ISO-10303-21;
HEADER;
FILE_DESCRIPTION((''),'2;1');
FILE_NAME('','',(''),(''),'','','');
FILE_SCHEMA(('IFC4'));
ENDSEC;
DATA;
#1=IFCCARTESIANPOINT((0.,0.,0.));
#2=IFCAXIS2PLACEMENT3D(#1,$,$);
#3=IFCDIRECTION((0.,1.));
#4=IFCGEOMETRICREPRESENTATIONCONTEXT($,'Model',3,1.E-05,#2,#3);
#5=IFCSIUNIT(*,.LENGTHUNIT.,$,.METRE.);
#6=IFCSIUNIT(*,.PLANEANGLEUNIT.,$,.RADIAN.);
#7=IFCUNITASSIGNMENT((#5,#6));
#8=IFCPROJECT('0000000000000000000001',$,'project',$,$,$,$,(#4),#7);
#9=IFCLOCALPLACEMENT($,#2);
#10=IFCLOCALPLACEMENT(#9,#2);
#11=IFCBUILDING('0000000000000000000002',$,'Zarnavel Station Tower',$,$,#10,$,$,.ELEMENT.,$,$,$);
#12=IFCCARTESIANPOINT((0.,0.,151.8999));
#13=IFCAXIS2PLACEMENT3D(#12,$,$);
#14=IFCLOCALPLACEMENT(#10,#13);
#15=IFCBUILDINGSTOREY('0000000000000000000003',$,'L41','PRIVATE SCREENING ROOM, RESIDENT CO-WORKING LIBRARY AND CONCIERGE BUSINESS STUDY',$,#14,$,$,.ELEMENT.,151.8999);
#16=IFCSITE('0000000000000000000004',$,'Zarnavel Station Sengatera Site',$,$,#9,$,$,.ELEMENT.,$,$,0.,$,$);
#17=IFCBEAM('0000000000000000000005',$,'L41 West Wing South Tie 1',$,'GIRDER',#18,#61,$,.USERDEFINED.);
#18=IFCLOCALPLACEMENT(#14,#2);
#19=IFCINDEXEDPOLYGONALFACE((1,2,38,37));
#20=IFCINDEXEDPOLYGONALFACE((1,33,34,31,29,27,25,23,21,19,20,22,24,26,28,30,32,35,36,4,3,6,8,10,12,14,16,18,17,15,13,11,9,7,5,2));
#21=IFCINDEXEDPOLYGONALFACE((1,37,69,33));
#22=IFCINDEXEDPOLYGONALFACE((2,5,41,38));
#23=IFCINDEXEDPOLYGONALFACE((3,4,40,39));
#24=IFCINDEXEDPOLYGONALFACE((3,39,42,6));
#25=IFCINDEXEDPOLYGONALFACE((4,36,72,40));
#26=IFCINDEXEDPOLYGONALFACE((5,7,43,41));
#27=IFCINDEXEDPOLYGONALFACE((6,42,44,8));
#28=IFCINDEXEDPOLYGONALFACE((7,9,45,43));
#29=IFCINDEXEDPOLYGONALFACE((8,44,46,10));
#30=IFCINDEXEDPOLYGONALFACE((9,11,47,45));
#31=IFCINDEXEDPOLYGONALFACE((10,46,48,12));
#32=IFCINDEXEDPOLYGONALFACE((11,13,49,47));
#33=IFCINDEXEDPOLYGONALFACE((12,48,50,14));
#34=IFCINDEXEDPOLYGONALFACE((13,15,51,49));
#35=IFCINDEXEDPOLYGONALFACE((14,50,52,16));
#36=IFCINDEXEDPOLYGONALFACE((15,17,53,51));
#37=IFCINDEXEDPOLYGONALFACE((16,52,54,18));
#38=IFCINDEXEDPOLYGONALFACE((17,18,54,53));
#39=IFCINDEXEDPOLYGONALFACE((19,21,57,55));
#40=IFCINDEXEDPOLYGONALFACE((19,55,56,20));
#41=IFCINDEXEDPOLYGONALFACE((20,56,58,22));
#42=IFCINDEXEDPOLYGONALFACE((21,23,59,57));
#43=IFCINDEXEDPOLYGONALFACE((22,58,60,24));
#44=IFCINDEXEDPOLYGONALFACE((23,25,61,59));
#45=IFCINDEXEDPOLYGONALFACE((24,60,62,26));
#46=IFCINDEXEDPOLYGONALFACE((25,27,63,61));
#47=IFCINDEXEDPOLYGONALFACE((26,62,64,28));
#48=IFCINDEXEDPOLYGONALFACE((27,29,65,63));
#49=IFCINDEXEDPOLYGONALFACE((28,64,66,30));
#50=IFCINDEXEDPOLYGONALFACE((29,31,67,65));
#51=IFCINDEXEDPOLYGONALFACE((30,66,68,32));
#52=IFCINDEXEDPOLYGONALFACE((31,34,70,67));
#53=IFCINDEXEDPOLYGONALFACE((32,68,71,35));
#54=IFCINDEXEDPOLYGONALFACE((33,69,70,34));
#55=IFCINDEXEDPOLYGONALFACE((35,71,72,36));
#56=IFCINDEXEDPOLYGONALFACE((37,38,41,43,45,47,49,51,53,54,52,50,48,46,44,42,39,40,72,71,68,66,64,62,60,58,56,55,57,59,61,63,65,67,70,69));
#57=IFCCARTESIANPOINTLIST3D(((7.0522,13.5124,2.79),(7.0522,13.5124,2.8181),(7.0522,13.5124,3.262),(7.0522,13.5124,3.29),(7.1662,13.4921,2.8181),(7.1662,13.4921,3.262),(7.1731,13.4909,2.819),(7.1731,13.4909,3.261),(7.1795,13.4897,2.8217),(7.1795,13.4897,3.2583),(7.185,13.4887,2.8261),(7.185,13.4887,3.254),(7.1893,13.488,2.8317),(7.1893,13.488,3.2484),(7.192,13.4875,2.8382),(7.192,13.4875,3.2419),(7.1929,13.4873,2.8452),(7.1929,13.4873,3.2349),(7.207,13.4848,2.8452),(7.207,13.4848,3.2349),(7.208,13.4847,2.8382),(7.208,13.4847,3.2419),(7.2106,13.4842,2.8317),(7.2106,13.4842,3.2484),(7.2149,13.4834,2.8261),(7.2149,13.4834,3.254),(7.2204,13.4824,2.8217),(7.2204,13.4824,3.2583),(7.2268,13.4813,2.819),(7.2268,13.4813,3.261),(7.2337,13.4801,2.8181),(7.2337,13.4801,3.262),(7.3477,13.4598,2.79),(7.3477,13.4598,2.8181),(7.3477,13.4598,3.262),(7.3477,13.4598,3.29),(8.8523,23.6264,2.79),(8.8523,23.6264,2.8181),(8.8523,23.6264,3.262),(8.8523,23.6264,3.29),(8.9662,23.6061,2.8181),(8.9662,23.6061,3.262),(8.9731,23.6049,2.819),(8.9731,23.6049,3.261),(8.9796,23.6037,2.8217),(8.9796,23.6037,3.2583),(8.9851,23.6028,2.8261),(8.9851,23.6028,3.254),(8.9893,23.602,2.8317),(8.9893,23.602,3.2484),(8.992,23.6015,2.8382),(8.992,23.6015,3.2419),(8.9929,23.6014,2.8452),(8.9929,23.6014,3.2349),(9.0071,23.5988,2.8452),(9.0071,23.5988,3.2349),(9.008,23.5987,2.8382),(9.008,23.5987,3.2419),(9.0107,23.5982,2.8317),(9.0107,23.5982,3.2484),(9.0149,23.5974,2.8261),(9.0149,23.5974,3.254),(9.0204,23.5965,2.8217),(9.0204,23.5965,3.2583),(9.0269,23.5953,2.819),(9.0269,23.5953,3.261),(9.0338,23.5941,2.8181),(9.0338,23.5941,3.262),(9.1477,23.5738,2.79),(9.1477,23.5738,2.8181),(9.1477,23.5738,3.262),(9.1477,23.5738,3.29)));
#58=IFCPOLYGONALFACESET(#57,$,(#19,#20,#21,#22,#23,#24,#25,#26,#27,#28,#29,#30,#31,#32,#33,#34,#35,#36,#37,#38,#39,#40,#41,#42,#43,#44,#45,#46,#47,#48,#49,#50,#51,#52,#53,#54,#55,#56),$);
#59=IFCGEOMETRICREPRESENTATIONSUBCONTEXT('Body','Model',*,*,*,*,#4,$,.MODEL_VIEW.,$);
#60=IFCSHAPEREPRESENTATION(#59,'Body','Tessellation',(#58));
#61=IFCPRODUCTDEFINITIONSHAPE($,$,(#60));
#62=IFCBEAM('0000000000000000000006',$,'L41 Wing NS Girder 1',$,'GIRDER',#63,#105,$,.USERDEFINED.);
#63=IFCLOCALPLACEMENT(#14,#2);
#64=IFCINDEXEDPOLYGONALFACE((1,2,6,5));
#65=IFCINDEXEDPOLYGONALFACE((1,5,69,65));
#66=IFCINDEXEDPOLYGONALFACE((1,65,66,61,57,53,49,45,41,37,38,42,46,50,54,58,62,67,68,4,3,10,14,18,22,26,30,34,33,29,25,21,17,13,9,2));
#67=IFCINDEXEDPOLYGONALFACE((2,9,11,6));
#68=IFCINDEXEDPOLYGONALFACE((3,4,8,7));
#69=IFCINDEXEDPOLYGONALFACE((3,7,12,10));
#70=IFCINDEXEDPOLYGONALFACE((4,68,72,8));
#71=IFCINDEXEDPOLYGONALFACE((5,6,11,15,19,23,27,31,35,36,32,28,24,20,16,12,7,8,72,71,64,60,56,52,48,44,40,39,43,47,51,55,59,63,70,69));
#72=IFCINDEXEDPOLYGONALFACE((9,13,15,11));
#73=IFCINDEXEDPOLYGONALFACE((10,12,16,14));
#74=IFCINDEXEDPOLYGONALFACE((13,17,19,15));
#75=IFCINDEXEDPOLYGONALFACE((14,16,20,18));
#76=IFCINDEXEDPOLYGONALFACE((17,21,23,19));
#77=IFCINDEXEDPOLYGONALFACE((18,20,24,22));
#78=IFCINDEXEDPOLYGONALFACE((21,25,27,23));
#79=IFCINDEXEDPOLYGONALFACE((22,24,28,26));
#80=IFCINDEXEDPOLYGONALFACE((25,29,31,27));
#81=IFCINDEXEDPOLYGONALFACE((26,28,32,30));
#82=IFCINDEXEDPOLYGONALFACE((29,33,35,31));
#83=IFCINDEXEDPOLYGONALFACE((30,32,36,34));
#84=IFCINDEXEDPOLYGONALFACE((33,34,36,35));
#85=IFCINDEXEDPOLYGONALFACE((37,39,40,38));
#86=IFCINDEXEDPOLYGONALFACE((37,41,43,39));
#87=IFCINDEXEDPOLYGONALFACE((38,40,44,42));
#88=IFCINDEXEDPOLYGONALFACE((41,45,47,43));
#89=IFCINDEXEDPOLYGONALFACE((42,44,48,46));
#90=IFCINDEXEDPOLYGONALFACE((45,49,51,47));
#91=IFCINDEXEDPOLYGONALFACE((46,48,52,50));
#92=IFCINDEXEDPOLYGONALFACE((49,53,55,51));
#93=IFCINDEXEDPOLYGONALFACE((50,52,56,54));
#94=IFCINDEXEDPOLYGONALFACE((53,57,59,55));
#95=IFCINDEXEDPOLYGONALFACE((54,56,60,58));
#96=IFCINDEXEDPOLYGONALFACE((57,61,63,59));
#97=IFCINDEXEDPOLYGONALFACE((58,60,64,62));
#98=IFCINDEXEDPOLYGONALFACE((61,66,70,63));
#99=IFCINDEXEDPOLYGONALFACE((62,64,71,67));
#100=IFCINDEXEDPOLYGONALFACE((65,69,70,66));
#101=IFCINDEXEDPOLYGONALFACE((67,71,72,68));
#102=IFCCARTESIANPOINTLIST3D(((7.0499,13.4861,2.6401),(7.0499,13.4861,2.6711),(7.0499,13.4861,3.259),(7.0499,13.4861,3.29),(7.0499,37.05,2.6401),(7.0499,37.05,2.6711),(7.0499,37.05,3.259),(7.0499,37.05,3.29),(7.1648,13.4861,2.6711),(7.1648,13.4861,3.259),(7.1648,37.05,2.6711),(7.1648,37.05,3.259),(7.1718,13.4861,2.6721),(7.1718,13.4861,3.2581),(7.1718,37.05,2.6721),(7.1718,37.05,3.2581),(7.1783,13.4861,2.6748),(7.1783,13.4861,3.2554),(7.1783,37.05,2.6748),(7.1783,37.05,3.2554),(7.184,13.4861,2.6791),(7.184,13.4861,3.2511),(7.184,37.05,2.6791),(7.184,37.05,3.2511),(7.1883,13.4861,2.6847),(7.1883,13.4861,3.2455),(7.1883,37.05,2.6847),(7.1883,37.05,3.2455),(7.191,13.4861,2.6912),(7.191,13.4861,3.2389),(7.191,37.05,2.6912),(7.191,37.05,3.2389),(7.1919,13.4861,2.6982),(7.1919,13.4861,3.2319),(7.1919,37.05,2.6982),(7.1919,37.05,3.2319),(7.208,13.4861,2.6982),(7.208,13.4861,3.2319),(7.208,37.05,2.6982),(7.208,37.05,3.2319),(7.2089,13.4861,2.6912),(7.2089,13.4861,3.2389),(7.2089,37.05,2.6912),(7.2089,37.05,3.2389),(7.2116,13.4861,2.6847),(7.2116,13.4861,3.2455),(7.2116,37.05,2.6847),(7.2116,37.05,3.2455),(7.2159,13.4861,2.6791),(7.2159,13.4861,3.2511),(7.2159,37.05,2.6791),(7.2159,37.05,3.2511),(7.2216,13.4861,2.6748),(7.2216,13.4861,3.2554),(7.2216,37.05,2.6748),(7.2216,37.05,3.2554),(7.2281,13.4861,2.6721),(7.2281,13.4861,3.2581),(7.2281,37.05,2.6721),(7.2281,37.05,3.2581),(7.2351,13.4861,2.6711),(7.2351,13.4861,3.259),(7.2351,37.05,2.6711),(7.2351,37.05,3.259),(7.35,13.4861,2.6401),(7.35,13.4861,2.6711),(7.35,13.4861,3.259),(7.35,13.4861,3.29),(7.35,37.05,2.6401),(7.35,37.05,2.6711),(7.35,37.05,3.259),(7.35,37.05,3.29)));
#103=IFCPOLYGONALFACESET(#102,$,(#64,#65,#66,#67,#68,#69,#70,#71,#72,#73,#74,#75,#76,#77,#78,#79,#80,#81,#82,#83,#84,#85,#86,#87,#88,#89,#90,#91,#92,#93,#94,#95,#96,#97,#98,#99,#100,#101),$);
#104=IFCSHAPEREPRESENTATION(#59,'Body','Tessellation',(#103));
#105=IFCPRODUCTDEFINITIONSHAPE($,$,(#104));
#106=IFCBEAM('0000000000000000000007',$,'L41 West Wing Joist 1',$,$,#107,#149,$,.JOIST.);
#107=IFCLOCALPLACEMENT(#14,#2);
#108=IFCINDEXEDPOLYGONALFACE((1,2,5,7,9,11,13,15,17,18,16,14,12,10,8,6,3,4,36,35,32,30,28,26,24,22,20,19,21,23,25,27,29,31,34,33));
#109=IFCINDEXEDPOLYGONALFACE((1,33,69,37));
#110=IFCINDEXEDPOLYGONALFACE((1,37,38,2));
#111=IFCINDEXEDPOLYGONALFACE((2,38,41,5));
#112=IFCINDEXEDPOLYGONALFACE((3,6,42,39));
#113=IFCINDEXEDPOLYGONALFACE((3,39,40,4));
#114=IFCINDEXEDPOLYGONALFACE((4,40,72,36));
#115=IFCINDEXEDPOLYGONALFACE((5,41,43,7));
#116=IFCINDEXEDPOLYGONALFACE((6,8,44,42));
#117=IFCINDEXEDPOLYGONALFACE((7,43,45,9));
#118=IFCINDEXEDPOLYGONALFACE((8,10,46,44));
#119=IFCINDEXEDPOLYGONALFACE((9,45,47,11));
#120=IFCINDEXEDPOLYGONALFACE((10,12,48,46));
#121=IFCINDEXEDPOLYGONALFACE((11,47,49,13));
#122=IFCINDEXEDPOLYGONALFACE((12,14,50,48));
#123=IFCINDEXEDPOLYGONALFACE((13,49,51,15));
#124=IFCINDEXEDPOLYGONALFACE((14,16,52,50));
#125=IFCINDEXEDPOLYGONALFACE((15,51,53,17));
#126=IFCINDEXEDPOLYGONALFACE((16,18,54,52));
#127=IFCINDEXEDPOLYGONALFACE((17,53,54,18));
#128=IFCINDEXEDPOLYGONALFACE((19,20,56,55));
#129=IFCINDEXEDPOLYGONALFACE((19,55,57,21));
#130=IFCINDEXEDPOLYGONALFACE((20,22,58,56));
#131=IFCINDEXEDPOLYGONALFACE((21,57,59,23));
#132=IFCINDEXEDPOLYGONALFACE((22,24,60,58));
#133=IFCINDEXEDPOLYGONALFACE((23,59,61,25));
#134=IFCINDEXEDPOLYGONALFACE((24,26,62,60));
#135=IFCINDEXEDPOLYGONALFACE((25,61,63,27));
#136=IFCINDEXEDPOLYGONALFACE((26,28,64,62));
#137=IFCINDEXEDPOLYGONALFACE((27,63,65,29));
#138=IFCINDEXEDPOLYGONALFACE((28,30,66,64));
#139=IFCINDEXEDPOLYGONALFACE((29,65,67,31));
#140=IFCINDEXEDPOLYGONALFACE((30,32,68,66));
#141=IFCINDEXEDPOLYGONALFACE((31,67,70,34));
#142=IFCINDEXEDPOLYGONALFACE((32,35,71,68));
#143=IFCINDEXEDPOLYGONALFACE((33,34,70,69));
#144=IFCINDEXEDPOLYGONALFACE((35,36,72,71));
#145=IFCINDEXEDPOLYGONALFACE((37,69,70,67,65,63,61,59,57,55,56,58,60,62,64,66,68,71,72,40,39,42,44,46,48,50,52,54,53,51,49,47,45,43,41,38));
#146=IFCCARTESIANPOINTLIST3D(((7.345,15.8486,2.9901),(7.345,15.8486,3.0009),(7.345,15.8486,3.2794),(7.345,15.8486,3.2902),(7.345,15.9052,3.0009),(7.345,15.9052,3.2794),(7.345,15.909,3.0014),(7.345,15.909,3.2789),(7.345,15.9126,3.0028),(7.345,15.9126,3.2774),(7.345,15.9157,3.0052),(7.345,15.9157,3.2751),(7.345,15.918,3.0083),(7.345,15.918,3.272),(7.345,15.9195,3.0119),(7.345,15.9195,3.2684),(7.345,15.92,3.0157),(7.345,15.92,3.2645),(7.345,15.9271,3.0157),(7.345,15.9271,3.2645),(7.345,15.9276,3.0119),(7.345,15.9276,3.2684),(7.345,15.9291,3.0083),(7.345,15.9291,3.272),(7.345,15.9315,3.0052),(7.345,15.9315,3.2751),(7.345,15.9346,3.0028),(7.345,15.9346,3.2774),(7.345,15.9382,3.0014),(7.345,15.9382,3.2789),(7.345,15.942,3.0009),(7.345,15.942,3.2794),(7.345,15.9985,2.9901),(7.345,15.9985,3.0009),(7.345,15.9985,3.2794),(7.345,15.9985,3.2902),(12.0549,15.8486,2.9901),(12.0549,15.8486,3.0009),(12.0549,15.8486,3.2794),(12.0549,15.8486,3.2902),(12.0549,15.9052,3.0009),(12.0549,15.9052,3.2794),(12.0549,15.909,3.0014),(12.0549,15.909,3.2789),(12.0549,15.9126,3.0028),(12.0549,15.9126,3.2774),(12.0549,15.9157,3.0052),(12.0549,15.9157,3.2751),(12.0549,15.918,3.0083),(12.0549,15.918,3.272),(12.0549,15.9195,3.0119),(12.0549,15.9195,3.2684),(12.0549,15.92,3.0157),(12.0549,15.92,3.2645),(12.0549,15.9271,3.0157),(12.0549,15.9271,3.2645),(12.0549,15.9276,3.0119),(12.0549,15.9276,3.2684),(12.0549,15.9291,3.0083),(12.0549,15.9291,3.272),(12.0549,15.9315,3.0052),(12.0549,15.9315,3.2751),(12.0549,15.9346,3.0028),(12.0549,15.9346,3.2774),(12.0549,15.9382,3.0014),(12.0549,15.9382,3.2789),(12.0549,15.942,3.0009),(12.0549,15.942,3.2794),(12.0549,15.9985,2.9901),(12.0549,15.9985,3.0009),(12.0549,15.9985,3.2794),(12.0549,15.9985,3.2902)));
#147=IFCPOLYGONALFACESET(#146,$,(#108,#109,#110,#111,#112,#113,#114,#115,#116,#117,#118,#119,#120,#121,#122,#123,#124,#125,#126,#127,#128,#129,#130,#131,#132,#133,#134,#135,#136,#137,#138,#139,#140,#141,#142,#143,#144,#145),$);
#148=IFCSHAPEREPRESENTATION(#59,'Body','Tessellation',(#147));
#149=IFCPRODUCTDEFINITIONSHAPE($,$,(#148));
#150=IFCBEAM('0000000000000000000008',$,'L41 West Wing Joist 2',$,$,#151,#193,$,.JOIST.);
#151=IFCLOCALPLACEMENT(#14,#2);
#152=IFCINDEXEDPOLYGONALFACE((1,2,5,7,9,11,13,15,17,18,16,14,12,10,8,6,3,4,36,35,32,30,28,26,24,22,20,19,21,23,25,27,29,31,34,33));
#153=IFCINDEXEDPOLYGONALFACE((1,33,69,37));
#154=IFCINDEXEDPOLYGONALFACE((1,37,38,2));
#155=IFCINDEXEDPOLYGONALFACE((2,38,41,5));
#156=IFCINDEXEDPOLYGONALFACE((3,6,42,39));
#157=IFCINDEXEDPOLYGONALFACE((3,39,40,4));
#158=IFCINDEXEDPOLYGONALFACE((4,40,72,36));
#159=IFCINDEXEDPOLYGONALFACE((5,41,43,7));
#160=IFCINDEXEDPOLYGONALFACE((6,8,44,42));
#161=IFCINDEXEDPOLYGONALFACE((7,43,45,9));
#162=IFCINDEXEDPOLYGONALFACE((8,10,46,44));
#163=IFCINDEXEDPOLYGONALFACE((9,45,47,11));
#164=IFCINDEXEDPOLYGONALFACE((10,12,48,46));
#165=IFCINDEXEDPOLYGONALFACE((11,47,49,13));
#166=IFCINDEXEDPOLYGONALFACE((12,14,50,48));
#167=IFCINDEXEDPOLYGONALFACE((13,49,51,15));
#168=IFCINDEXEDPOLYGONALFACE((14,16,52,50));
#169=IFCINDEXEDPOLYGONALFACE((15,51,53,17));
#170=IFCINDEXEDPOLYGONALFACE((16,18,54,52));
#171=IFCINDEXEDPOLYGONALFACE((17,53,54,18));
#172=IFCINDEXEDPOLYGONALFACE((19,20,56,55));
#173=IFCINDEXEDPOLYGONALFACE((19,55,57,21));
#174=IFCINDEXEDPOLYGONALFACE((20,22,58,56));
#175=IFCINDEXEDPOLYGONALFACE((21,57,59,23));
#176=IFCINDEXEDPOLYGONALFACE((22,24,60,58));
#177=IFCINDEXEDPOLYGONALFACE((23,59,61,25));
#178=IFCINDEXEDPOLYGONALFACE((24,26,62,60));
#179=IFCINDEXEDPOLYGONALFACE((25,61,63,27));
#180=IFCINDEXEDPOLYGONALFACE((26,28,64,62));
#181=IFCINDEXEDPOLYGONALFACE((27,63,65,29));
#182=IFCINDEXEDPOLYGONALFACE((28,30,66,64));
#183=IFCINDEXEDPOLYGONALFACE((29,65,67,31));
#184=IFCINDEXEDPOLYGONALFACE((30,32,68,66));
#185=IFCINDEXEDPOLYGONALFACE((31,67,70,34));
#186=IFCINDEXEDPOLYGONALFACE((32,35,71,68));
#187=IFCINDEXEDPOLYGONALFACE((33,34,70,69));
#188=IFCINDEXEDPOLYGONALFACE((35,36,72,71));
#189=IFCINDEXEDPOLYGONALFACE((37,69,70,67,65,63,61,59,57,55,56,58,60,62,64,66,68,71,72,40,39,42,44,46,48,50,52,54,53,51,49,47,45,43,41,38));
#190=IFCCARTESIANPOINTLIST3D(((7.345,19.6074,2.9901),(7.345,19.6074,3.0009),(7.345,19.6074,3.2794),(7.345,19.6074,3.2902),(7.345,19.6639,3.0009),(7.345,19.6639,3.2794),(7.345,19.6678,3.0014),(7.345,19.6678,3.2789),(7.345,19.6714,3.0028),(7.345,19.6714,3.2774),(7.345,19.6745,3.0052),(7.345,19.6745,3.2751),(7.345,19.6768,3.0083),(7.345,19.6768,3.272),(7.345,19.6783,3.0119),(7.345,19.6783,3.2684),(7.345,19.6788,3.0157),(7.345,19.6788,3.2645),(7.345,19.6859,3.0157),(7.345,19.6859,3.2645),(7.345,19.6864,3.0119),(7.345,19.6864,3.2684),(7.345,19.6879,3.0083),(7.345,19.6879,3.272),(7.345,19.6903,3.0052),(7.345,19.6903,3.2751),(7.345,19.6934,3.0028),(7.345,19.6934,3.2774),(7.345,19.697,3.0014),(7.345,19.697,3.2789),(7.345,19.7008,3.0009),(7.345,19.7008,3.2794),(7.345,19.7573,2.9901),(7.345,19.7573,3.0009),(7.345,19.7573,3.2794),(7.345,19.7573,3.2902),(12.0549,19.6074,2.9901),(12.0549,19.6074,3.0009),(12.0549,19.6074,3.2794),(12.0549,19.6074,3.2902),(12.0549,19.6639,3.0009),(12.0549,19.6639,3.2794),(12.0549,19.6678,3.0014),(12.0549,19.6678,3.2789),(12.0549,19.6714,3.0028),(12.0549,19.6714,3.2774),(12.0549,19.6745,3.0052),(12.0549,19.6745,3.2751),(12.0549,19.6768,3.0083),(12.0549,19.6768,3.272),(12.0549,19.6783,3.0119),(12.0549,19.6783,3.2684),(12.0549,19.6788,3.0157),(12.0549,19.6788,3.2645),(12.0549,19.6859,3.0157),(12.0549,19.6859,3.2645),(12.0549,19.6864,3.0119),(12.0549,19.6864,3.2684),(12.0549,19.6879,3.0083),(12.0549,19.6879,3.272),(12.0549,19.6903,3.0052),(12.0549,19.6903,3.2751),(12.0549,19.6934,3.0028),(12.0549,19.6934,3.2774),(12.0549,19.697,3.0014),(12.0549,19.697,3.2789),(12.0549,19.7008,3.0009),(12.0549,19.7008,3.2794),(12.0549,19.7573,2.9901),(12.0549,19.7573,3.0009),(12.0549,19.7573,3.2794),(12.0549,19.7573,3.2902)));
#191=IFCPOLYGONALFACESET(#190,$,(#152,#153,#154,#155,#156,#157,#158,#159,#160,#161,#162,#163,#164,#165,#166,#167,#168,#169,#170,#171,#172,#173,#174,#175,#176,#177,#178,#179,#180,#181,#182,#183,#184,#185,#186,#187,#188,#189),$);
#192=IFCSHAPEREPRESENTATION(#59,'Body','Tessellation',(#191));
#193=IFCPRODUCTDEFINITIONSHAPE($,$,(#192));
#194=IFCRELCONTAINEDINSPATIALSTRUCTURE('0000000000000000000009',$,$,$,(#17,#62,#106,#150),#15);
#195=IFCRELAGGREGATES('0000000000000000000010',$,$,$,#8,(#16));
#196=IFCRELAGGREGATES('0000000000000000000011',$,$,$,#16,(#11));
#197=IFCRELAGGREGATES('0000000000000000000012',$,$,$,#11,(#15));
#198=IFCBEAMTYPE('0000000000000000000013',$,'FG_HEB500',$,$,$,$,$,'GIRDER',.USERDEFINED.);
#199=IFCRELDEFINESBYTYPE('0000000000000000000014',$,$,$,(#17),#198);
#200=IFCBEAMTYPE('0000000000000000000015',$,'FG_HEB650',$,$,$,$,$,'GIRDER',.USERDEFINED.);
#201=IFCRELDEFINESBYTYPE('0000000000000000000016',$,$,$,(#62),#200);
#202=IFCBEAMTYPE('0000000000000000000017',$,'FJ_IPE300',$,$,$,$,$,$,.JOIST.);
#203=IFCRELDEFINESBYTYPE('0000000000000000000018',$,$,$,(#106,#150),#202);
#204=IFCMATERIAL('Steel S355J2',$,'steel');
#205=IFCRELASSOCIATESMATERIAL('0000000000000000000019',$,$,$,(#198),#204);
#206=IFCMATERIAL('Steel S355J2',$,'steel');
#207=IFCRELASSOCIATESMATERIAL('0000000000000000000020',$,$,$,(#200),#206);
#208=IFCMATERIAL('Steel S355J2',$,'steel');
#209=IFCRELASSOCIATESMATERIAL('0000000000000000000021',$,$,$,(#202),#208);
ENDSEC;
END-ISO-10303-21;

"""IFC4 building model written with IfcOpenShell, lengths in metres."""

from ifc_helpers import new_model, si_unit, direction, frame, origin, origin_2d, place, context, subcontext, project, spatial, i_section, extrude, material, material_profile, profile_set, type_object, element, save


model = new_model("IFC4")

# Units and contexts
model_context = context("Model", 3, precision=1e-05, world=origin(), true_north=direction((0.0, 1.0)))
body_context = subcontext(model_context, "Body", "Model", "MODEL_VIEW")
ifc_project = project(units=[si_unit("LENGTHUNIT", "METRE"), si_unit("PLANEANGLEUNIT", "RADIAN")], contexts=[model_context])

# Site, building, storey
site_placement = place(None, origin())
site = spatial("IfcSite", under=ifc_project, at=site_placement, Name="Zarnavel Station Sengatera Site", CompositionType="ELEMENT", RefElevation=0.0)
building_placement = place(site_placement, origin())
building = spatial("IfcBuilding", under=site, at=building_placement, Name="Zarnavel Station Tower", CompositionType="ELEMENT")
storey_placement = place(building_placement, frame((0.0, 0.0, 151.8999)))
storey = spatial("IfcBuildingStorey", under=building, at=storey_placement, Name="L41", Description="PRIVATE SCREENING ROOM, RESIDENT CO-WORKING LIBRARY AND CONCIERGE BUSINESS STUDY", CompositionType="ELEMENT", Elevation=151.8999)

# Beams
ifc_material_1 = material(Name="Steel S355J2", Category="steel")
ifc_material_profile_1 = material_profile(ifc_material_1, i_section(OverallWidth=0.3, OverallDepth=0.5, WebThickness=0.0144, FlangeThickness=0.0281, FilletRadius=0.0271, at=origin_2d()), Name="HEB500")
ifc_profile_set_1 = profile_set([ifc_material_profile_1], Name="Steel S355J2")
beam_type_1 = type_object("IfcBeamType", Name="FG_HEB500", ElementType="GIRDER", PredefinedType="USERDEFINED", material=ifc_profile_set_1)
beam_1_placement = place(storey_placement, frame((7.2, 13.4861, 3.04), z_axis=(0.175222, 0.984529, 0.0), x_axis=(-0.984529, 0.175222, 0.0)))
element("IfcBeam", 1, at=beam_1_placement, inside=storey, type_object=beam_type_1, Name="L41 West Wing South Tie 1", ObjectType="GIRDER", PredefinedType="USERDEFINED", context=body_context, shape_type="SweptSolid", body=[
    extrude(i_section(OverallWidth=0.3, OverallDepth=0.5, WebThickness=0.0144, FlangeThickness=0.0281, FilletRadius=0.0271, at=origin_2d()), origin(), (0.0, 0.0, 1.0), 10.2729),
])
ifc_material_2 = material(Name="Steel S355J2", Category="steel")
ifc_material_profile_2 = material_profile(ifc_material_2, i_section(OverallWidth=0.3, OverallDepth=0.6499, WebThickness=0.0161, FlangeThickness=0.031, FilletRadius=0.0271, at=origin_2d()), Name="HEB650")
ifc_profile_set_2 = profile_set([ifc_material_profile_2], Name="Steel S355J2")
beam_type_2 = type_object("IfcBeamType", Name="FG_HEB650", ElementType="GIRDER", PredefinedType="USERDEFINED", material=ifc_profile_set_2)
beam_2_placement = place(storey_placement, frame((7.2, 13.4861, 2.9651), z_axis=(0.0, 1.0, 0.0), x_axis=(-1.0, 0.0, 0.0)))
element("IfcBeam", 2, at=beam_2_placement, inside=storey, type_object=beam_type_2, Name="L41 Wing NS Girder 1", ObjectType="GIRDER", PredefinedType="USERDEFINED", context=body_context, shape_type="SweptSolid", body=[
    extrude(i_section(OverallWidth=0.3, OverallDepth=0.6499, WebThickness=0.0161, FlangeThickness=0.031, FilletRadius=0.0271, at=origin_2d()), origin(), (0.0, 0.0, 1.0), 23.564),
])
ifc_material_3 = material(Name="Steel S355J2", Category="steel")
ifc_material_profile_3 = material_profile(ifc_material_3, i_section(OverallWidth=0.1499, OverallDepth=0.3, WebThickness=0.0071, FlangeThickness=0.0107, FilletRadius=0.0149, at=origin_2d()), Name="IPE300")
ifc_profile_set_3 = profile_set([ifc_material_profile_3], Name="Steel S355J2")
beam_type_3 = type_object("IfcBeamType", Name="FJ_IPE300", PredefinedType="JOIST", material=ifc_profile_set_3)
for number, where, z_axis, x_axis, name in (
    (3, (7.345, 15.9236, 3.1401), (1.0, 0.0, 0.0), (0.0, 1.0, 0.0), "L41 West Wing Joist 1"),
    (4, (7.345, 19.6824, 3.1401), (1.0, 0.0, 0.0), (0.0, 1.0, 0.0), "L41 West Wing Joist 2"),
):
    element("IfcBeam", number, at=place(storey_placement, frame(where, z_axis=z_axis, x_axis=x_axis)), inside=storey, type_object=beam_type_3, Name=name, PredefinedType="JOIST", context=body_context, shape_type="SweptSolid", body=[
        extrude(i_section(OverallWidth=0.1499, OverallDepth=0.3, WebThickness=0.0071, FlangeThickness=0.0107, FilletRadius=0.0149, at=origin_2d()), origin(), (0.0, 0.0, 1.0), 4.71),
    ])

save(model, "model.ifc")
